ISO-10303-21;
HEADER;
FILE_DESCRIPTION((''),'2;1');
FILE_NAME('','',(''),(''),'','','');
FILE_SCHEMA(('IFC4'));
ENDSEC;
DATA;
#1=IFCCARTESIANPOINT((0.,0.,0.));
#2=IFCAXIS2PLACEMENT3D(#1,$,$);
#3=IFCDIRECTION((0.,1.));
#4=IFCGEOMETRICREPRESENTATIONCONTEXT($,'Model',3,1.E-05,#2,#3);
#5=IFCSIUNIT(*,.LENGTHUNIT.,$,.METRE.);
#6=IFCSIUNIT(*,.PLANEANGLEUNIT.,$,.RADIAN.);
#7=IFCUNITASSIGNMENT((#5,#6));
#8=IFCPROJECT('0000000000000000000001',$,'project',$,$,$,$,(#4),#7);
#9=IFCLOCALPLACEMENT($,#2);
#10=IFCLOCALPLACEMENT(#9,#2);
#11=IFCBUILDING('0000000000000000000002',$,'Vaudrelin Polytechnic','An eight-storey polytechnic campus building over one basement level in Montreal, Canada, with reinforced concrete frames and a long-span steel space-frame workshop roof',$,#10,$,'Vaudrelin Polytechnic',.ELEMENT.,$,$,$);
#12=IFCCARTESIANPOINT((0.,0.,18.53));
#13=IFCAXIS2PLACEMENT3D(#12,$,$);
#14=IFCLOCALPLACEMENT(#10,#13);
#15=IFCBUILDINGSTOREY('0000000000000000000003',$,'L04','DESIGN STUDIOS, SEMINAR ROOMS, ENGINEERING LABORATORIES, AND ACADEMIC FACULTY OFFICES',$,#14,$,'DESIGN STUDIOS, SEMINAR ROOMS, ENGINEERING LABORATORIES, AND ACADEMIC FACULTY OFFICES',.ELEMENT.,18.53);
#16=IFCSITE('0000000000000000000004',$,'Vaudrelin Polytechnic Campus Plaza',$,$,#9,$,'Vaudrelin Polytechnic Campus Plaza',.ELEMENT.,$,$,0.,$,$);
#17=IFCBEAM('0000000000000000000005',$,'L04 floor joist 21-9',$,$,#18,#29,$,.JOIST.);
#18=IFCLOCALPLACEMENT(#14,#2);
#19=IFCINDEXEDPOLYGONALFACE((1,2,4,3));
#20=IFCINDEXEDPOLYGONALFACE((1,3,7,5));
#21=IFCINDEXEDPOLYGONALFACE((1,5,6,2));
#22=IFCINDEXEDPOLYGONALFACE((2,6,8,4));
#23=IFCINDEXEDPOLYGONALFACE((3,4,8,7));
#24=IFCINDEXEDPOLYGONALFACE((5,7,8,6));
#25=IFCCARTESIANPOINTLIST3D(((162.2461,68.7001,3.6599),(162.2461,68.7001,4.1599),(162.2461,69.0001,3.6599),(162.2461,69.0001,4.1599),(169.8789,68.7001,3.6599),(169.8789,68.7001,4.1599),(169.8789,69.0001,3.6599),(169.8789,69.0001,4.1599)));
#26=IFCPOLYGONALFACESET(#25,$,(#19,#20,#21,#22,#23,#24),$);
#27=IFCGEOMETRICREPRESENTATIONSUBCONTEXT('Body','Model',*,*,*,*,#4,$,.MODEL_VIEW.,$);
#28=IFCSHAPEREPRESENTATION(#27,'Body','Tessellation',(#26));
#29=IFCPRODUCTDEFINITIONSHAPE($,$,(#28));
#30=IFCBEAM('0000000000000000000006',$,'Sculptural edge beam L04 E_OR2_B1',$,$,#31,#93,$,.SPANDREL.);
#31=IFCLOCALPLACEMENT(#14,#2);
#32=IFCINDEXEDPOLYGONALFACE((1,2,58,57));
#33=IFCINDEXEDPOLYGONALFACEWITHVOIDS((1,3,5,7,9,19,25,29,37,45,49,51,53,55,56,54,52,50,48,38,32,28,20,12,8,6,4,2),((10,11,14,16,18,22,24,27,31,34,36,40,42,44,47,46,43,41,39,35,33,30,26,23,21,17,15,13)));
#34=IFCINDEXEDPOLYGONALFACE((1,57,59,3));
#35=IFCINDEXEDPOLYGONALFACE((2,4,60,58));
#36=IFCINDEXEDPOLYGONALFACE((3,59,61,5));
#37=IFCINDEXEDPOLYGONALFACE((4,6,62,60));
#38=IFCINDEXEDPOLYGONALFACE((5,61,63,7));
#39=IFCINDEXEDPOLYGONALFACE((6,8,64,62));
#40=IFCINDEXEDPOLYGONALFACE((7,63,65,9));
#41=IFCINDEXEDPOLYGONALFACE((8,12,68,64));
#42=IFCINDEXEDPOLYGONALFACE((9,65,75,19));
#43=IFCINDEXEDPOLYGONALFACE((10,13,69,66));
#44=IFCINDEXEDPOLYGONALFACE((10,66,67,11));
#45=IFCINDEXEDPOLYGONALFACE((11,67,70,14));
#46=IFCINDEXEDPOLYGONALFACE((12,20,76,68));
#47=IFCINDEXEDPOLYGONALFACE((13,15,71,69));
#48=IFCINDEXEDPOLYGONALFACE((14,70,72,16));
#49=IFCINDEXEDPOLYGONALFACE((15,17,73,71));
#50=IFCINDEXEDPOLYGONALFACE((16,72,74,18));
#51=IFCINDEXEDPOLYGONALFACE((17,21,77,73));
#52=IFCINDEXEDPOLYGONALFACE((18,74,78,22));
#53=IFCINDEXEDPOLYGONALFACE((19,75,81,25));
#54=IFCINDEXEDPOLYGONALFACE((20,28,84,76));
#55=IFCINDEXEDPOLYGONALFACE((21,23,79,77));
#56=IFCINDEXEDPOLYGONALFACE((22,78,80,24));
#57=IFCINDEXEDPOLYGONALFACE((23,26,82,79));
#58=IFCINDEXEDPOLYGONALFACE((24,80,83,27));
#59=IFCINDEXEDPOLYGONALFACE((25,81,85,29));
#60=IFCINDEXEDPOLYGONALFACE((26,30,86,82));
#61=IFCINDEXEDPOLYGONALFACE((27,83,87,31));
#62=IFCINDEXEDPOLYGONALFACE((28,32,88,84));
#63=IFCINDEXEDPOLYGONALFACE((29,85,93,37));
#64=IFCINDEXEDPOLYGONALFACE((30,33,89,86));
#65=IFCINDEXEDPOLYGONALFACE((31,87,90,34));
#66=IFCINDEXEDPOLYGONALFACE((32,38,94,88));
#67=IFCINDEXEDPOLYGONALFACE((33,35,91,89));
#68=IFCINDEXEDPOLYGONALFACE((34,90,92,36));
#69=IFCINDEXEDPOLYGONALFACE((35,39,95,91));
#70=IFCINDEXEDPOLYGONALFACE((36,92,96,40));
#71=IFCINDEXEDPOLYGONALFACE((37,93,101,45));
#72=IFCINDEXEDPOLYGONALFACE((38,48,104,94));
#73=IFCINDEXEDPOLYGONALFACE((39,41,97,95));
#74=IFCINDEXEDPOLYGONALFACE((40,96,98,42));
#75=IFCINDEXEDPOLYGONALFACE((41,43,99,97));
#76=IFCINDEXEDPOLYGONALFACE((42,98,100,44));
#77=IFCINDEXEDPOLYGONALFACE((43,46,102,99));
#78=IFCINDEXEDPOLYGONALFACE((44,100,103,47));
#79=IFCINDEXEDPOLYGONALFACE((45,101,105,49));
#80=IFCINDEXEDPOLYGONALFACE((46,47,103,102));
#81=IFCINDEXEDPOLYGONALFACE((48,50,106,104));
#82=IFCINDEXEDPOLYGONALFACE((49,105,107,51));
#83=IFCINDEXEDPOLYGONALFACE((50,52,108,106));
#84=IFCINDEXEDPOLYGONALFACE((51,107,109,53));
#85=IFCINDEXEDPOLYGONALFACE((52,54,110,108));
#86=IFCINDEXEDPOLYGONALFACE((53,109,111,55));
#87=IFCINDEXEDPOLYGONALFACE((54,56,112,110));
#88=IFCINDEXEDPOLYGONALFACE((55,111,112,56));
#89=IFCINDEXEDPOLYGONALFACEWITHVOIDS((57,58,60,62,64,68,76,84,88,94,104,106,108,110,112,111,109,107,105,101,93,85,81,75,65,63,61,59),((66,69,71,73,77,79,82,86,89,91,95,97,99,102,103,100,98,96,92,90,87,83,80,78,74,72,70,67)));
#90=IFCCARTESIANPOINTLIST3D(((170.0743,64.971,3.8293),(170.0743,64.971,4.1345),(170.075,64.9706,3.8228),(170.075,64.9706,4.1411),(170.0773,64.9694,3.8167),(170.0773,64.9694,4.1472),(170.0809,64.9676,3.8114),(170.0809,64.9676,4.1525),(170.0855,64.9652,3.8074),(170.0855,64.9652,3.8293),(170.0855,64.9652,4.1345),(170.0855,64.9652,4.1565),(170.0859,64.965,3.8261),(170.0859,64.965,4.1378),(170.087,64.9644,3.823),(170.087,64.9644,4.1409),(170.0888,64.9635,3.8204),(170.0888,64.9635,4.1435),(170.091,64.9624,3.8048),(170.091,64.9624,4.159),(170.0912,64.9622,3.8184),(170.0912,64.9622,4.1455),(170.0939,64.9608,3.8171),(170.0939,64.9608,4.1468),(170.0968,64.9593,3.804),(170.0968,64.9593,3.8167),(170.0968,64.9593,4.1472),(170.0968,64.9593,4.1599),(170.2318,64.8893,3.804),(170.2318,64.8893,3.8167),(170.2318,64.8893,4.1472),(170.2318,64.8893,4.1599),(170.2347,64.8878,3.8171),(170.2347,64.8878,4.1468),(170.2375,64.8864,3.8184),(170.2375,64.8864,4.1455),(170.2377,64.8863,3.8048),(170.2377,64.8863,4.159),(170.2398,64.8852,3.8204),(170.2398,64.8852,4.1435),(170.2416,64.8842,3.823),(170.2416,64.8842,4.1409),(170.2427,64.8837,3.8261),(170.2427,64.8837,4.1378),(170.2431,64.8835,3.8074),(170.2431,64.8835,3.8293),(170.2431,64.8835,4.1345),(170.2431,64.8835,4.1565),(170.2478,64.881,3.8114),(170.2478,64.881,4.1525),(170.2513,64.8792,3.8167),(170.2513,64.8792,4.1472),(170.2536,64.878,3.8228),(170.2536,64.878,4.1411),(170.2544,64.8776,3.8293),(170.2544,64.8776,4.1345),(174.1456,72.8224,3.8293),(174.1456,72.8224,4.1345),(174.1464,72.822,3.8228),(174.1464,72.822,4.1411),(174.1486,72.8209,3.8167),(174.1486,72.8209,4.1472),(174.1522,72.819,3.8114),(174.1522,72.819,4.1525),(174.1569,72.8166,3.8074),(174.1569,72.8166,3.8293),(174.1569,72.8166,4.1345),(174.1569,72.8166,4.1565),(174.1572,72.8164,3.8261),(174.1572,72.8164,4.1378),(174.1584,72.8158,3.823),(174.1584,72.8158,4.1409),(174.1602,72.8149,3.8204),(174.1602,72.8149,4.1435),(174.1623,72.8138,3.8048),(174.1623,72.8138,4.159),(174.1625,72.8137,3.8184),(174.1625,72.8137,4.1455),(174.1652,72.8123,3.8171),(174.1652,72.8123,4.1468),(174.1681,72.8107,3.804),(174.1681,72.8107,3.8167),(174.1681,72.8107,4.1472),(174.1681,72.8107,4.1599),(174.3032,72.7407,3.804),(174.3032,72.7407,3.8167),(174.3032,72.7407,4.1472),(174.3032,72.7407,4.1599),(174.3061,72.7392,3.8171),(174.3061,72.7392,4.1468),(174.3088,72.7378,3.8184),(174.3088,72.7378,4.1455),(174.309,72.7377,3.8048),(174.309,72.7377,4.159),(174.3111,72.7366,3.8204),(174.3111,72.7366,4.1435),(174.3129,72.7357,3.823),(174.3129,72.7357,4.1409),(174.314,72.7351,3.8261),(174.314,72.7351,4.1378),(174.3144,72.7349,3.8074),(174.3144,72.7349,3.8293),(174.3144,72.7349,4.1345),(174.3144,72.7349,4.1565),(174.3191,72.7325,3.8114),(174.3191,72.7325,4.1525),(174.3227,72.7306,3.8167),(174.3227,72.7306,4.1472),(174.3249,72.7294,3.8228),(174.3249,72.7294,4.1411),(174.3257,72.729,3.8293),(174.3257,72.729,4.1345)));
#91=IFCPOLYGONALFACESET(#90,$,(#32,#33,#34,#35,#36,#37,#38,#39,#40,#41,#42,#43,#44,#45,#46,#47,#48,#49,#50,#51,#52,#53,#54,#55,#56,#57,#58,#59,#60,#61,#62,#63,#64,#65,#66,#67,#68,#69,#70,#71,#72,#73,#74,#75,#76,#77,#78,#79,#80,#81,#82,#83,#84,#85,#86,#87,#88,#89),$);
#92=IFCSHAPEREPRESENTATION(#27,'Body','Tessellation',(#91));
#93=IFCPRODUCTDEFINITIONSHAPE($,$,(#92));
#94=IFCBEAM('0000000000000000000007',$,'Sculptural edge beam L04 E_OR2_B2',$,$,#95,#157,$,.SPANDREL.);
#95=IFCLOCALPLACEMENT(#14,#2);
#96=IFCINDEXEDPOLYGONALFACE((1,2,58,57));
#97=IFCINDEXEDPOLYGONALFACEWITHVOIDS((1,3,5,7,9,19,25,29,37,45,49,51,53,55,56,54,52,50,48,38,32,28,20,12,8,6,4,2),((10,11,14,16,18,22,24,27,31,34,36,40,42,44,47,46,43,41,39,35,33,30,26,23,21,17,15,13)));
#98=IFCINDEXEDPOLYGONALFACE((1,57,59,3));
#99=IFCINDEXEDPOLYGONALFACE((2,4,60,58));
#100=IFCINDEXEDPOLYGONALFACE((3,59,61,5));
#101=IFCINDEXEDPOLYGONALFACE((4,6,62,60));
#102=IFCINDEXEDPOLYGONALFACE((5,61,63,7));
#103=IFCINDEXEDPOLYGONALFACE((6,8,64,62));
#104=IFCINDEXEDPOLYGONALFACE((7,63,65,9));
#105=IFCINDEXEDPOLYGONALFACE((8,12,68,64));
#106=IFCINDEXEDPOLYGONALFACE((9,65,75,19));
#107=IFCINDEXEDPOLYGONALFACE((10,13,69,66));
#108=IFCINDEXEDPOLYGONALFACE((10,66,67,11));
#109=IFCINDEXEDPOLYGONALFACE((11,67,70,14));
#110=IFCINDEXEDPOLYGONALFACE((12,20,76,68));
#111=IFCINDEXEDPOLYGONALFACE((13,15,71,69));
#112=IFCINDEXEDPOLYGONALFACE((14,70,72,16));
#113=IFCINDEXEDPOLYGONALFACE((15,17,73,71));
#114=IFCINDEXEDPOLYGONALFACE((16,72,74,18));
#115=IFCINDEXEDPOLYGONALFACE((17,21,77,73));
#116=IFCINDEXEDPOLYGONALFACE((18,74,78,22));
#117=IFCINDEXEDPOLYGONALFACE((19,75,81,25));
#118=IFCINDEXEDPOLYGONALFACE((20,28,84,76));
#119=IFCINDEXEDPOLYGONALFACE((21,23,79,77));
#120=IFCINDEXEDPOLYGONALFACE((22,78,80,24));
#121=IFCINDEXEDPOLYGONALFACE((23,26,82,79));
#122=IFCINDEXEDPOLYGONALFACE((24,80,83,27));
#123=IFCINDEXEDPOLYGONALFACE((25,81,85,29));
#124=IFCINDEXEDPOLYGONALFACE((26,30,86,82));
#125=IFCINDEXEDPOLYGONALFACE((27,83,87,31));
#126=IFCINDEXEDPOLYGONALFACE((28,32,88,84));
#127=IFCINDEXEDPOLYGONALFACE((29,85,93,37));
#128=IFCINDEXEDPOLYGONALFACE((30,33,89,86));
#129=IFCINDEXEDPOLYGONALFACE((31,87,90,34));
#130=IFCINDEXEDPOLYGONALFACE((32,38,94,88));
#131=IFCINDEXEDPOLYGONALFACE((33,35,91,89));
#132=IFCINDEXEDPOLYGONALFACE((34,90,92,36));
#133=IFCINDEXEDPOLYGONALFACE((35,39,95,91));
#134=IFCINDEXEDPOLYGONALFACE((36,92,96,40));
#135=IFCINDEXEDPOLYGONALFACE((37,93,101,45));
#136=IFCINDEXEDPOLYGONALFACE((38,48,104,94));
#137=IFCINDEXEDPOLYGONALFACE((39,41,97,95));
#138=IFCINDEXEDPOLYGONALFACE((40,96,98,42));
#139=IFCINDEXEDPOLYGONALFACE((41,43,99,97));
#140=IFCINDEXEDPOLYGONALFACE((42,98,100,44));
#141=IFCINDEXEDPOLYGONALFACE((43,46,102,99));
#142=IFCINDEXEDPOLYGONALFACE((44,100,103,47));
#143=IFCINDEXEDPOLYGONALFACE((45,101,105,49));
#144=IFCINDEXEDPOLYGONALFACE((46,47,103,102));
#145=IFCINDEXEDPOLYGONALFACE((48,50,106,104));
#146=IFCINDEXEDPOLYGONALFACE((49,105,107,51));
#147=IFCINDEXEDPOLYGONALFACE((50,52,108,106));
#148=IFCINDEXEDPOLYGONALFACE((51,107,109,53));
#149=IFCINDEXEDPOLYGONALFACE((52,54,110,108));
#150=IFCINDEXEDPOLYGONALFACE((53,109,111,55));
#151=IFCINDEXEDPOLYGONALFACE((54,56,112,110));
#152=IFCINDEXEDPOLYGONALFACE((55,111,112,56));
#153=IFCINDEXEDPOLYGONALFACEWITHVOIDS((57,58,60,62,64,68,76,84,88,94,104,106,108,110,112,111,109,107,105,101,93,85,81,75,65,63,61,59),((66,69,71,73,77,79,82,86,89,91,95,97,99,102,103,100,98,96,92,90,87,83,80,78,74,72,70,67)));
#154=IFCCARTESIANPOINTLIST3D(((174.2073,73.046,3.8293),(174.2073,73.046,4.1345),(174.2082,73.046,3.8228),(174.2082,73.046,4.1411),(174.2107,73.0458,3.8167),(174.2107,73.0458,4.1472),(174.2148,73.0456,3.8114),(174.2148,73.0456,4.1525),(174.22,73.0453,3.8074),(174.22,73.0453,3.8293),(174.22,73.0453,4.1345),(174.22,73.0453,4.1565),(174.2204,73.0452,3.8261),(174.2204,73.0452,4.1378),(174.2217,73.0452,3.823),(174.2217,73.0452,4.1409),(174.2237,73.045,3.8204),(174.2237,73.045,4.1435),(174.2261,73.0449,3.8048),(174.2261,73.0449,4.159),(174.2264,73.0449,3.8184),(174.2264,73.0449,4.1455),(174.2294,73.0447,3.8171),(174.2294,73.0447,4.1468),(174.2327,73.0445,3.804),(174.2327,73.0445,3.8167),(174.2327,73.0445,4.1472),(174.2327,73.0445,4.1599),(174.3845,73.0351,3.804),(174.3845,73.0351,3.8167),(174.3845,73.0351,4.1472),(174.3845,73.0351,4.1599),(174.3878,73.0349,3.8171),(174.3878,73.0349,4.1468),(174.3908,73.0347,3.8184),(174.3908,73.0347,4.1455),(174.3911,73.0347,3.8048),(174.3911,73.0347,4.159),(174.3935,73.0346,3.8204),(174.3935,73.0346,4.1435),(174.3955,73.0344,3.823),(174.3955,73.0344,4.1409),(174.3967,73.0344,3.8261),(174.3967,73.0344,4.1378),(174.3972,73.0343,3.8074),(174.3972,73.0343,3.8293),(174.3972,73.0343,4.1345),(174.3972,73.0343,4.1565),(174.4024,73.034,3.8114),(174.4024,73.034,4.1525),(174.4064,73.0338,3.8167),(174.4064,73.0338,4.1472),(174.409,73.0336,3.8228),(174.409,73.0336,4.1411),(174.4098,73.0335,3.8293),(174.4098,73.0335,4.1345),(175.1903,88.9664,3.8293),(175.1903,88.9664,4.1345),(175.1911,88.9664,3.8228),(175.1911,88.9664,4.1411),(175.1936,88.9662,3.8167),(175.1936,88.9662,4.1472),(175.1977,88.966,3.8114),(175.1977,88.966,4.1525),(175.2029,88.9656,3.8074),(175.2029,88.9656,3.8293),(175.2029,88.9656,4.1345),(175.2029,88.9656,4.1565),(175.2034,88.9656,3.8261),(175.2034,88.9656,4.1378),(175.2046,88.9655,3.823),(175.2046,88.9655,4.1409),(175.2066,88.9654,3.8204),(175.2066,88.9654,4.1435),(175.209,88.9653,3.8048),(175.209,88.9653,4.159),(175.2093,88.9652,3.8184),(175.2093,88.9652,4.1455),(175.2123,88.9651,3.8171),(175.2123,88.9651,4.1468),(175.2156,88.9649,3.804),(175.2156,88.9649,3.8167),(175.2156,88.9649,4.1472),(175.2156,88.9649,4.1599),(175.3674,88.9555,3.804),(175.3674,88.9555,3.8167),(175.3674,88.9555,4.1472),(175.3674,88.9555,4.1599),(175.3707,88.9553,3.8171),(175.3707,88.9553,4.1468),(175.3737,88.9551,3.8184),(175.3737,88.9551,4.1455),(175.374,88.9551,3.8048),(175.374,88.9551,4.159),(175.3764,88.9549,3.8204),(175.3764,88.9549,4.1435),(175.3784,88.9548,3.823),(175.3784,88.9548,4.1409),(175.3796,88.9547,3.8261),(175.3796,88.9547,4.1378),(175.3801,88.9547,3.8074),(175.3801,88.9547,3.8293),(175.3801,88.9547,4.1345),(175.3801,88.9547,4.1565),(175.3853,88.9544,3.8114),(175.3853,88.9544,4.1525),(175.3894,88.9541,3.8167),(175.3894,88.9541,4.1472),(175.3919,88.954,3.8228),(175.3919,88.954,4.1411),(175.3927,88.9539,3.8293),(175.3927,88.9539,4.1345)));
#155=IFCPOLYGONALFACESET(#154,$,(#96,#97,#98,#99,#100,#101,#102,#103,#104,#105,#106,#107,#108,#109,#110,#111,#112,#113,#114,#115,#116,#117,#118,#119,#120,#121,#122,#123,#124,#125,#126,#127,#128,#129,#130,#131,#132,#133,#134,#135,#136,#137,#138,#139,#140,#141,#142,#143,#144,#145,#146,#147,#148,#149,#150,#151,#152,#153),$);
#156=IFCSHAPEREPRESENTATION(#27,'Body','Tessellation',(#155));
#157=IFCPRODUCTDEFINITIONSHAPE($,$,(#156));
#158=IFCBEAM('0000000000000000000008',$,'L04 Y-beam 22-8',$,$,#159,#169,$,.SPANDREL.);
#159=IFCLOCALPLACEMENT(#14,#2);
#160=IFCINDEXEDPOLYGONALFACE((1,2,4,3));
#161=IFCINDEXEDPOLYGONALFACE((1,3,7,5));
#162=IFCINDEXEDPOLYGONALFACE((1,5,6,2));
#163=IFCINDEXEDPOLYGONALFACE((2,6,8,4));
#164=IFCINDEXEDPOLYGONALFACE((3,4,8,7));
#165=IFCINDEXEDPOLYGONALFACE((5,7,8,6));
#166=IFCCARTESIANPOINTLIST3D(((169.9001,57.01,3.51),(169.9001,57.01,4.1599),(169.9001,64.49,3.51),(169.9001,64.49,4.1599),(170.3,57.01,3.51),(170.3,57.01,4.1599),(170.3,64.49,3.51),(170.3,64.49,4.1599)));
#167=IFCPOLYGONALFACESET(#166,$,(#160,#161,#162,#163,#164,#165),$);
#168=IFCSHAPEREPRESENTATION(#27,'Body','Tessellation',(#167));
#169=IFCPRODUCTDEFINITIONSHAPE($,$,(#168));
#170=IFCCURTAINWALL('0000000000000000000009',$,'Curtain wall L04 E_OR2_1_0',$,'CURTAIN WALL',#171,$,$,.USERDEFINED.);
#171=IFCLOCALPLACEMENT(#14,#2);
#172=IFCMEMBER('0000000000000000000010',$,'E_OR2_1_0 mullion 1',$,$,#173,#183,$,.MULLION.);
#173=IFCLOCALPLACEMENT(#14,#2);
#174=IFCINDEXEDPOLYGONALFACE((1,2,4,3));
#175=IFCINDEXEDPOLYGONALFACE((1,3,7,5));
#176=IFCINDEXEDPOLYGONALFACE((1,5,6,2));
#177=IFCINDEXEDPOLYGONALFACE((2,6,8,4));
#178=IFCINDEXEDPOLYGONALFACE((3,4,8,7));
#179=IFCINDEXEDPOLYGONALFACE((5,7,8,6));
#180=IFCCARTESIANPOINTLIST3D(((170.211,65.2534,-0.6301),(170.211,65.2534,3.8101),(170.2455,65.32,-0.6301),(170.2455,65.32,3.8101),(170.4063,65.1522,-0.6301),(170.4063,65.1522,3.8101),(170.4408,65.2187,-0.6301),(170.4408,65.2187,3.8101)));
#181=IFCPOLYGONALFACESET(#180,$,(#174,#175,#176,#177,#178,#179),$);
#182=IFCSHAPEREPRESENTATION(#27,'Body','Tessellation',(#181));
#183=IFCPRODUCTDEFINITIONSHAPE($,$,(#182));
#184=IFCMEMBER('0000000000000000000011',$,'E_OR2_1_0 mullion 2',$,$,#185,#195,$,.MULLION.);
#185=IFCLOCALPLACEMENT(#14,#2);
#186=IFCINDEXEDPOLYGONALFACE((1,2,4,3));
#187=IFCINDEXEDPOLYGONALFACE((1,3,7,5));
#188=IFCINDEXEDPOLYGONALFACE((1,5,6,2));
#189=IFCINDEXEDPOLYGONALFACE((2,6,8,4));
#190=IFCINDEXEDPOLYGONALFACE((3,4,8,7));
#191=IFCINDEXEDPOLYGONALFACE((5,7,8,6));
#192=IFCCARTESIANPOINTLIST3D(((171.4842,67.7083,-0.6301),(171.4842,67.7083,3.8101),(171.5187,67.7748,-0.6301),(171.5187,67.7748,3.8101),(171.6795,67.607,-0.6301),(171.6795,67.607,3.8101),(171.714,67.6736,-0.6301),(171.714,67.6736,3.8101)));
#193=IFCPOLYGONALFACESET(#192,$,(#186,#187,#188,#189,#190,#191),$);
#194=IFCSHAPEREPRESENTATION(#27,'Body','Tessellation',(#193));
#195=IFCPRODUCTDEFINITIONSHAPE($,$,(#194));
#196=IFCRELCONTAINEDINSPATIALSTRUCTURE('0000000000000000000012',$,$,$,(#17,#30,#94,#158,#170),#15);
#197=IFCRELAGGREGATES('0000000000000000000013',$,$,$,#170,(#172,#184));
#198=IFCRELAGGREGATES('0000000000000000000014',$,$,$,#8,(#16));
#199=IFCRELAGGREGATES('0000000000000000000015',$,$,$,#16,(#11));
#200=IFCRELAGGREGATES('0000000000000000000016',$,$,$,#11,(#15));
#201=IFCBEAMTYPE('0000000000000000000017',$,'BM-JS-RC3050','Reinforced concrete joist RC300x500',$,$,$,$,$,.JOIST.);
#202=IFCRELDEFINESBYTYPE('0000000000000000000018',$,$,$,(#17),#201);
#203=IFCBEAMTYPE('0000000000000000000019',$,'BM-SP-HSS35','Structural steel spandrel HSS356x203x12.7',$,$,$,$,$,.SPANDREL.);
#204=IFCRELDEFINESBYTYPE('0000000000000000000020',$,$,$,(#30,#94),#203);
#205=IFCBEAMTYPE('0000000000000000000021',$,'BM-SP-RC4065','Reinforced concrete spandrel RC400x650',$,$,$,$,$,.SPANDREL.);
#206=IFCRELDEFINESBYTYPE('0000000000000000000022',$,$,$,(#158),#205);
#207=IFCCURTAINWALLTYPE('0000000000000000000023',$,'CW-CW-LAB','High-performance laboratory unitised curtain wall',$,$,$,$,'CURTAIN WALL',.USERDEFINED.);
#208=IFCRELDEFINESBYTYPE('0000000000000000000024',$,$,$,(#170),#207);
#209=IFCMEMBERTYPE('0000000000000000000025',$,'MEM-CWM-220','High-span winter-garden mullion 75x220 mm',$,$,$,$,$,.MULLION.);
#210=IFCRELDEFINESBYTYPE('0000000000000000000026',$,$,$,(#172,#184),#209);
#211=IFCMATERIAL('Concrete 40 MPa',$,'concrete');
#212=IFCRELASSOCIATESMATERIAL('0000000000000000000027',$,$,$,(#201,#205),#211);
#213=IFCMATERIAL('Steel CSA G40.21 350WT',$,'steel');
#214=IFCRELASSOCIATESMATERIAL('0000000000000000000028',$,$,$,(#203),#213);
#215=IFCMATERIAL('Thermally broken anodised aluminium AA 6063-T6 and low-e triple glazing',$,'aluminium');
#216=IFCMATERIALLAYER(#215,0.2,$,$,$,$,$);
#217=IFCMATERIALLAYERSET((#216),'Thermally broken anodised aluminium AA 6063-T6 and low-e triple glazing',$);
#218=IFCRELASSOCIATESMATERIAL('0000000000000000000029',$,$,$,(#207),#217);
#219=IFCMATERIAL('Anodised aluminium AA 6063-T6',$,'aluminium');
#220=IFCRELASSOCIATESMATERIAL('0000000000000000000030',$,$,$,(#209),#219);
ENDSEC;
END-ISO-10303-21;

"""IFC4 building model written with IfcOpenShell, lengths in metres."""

from ifc_helpers import new_model, si_unit, direction, frame, origin, origin_2d, place, context, subcontext, project, spatial, rectangle, hollow_rectangle, extrude, material, layer, layer_set, material_profile, profile_set, type_object, element, aggregate, save


model = new_model("IFC4")

# Units and contexts
model_context = context("Model", 3, precision=1e-05, world=origin(), true_north=direction((0.0, 1.0)))
body_context = subcontext(model_context, "Body", "Model", "MODEL_VIEW")
ifc_project = project(units=[si_unit("LENGTHUNIT", "METRE"), si_unit("PLANEANGLEUNIT", "RADIAN")], contexts=[model_context])

# Site, building, storey
site_placement = place(None, origin())
site = spatial("IfcSite", under=ifc_project, at=site_placement, Name="Vaudrelin Polytechnic Campus Plaza", LongName="Vaudrelin Polytechnic Campus Plaza", CompositionType="ELEMENT", RefElevation=0.0)
building_placement = place(site_placement, origin())
building = spatial("IfcBuilding", under=site, at=building_placement, Name="Vaudrelin Polytechnic", Description="An eight-storey polytechnic campus building over one basement level in Montreal, Canada, with reinforced concrete frames and a long-span steel space-frame workshop roof", LongName="Vaudrelin Polytechnic", CompositionType="ELEMENT")
storey_placement = place(building_placement, frame((0.0, 0.0, 18.53)))
storey = spatial("IfcBuildingStorey", under=building, at=storey_placement, Name="L04", Description="DESIGN STUDIOS, SEMINAR ROOMS, ENGINEERING LABORATORIES, AND ACADEMIC FACULTY OFFICES", LongName="DESIGN STUDIOS, SEMINAR ROOMS, ENGINEERING LABORATORIES, AND ACADEMIC FACULTY OFFICES", CompositionType="ELEMENT", Elevation=18.53)

# Shared definitions
ifc_material_1 = material(Name="Steel CSA G40.21 350WT", Category="steel")
ifc_material_2 = material(Name="Concrete 40 MPa", Category="concrete")

# Beams
ifc_material_profile_1 = material_profile(ifc_material_2, rectangle(XDim=0.3, YDim=0.5, at=origin_2d()), Name="RC300x500")
ifc_profile_set_1 = profile_set([ifc_material_profile_1], Name="Concrete 40 MPa")
beam_type_1 = type_object("IfcBeamType", Name="BM-JS-RC3050", Description="Reinforced concrete joist RC300x500", PredefinedType="JOIST", material=ifc_profile_set_1)
beam_1_placement = place(storey_placement, frame((162.2461, 68.8501, 3.9099), z_axis=(1.0, 0.0, 0.0), x_axis=(0.0, 1.0, 0.0)))
element("IfcBeam", 1, at=beam_1_placement, inside=storey, type_object=beam_type_1, Name="L04 floor joist 21-9", PredefinedType="JOIST", context=body_context, shape_type="SweptSolid", body=[
    extrude(rectangle(XDim=0.3, YDim=0.5, at=origin_2d()), origin(), (0.0, 0.0, 1.0), 7.6328),
])
ifc_material_profile_2 = material_profile(ifc_material_1, hollow_rectangle(XDim=0.2029, YDim=0.356, WallThickness=0.0127, InnerFilletRadius=0.0127, OuterFilletRadius=0.0254, at=origin_2d()), Name="HSS356x203x12.7")
ifc_profile_set_2 = profile_set([ifc_material_profile_2], Name="Steel CSA G40.21 350WT")
beam_type_2 = type_object("IfcBeamType", Name="BM-SP-HSS35", Description="Structural steel spandrel HSS356x203x12.7", PredefinedType="SPANDREL", material=ifc_profile_set_2)
beam_2_placement = place(storey_placement, frame((170.1643, 64.9243, 3.9819), z_axis=(0.460338, 0.887744, 0.0), x_axis=(-0.887744, 0.460338, 0.0)))
element("IfcBeam", 2, at=beam_2_placement, inside=storey, type_object=beam_type_2, Name="Sculptural edge beam L04 E_OR2_B1", PredefinedType="SPANDREL", context=body_context, shape_type="SweptSolid", body=[
    extrude(hollow_rectangle(XDim=0.2029, YDim=0.356, WallThickness=0.0127, InnerFilletRadius=0.0127, OuterFilletRadius=0.0254, at=origin_2d()), origin(), (0.0, 0.0, 1.0), 8.8442),
])
beam_3_placement = place(storey_placement, frame((174.3086, 73.0398, 3.9819), z_axis=(0.061622, 0.9981, 0.0), x_axis=(-0.9981, 0.061622, 0.0)))
element("IfcBeam", 3, at=beam_3_placement, inside=storey, type_object=beam_type_2, Name="Sculptural edge beam L04 E_OR2_B2", PredefinedType="SPANDREL", context=body_context, shape_type="SweptSolid", body=[
    extrude(hollow_rectangle(XDim=0.2029, YDim=0.356, WallThickness=0.0127, InnerFilletRadius=0.0127, OuterFilletRadius=0.0254, at=origin_2d()), origin(), (0.0, 0.0, 1.0), 15.9507),
])
ifc_material_profile_3 = material_profile(ifc_material_2, rectangle(XDim=0.3999, YDim=0.6499, at=origin_2d()), Name="RC400x650")
ifc_profile_set_3 = profile_set([ifc_material_profile_3], Name="Concrete 40 MPa")
beam_type_3 = type_object("IfcBeamType", Name="BM-SP-RC4065", Description="Reinforced concrete spandrel RC400x650", PredefinedType="SPANDREL", material=ifc_profile_set_3)
beam_4_placement = place(storey_placement, frame((170.1001, 57.01, 3.835), z_axis=(0.0, 1.0, 0.0), x_axis=(-1.0, 0.0, 0.0)))
element("IfcBeam", 4, at=beam_4_placement, inside=storey, type_object=beam_type_3, Name="L04 Y-beam 22-8", PredefinedType="SPANDREL", context=body_context, shape_type="SweptSolid", body=[
    extrude(rectangle(XDim=0.3999, YDim=0.6499, at=origin_2d()), origin(), (0.0, 0.0, 1.0), 7.48),
])

# Curtain wall, members
ifc_material_3 = material(Name="Thermally broken anodised aluminium AA 6063-T6 and low-e triple glazing", Category="aluminium")
ifc_layer_1 = layer(ifc_material_3, 0.2)
ifc_layer_set_1 = layer_set([ifc_layer_1], Name="Thermally broken anodised aluminium AA 6063-T6 and low-e triple glazing")
curtain_wall_type = type_object("IfcCurtainWallType", Name="CW-CW-LAB", Description="High-performance laboratory unitised curtain wall", ElementType="CURTAIN WALL", PredefinedType="USERDEFINED", material=ifc_layer_set_1)
curtain_wall_1_placement = place(storey_placement, origin())
curtain_wall_1 = element("IfcCurtainWall", 5, at=curtain_wall_1_placement, inside=storey, type_object=curtain_wall_type, Name="Curtain wall L04 E_OR2_1_0", ObjectType="CURTAIN WALL", PredefinedType="USERDEFINED")
ifc_material_4 = material(Name="Anodised aluminium AA 6063-T6", Category="aluminium")
ifc_material_profile_4 = material_profile(ifc_material_4, rectangle(XDim=0.075, YDim=0.22, at=origin_2d()), Name="CWM-75x220")
ifc_profile_set_4 = profile_set([ifc_material_profile_4], Name="Anodised aluminium AA 6063-T6")
member_type_1 = type_object("IfcMemberType", Name="MEM-CWM-220", Description="High-span winter-garden mullion 75x220 mm", PredefinedType="MULLION", material=ifc_profile_set_4)
member_1_placement = place(storey_placement, frame((170.3259, 65.2361, -0.6301), z_axis=(0.0, 0.0, 1.0), x_axis=(0.460325, 0.88775, 0.0)))
member_1 = element("IfcMember", 6, at=member_1_placement, type_object=member_type_1, Name="E_OR2_1_0 mullion 1", PredefinedType="MULLION", context=body_context, shape_type="SweptSolid", body=[
    extrude(rectangle(XDim=0.075, YDim=0.22, at=origin_2d()), origin(), (0.0, 0.0, 1.0), 4.4402),
])
member_2_placement = place(storey_placement, frame((171.5991, 67.6909, -0.6301), z_axis=(0.0, 0.0, 1.0), x_axis=(0.460325, 0.88775, 0.0)))
member_2 = element("IfcMember", 7, at=member_2_placement, type_object=member_type_1, Name="E_OR2_1_0 mullion 2", PredefinedType="MULLION", context=body_context, shape_type="SweptSolid", body=[
    extrude(rectangle(XDim=0.075, YDim=0.22, at=origin_2d()), origin(), (0.0, 0.0, 1.0), 4.4402),
])

aggregate(curtain_wall_1, [member_1, member_2])

save(model, "model.ifc")
